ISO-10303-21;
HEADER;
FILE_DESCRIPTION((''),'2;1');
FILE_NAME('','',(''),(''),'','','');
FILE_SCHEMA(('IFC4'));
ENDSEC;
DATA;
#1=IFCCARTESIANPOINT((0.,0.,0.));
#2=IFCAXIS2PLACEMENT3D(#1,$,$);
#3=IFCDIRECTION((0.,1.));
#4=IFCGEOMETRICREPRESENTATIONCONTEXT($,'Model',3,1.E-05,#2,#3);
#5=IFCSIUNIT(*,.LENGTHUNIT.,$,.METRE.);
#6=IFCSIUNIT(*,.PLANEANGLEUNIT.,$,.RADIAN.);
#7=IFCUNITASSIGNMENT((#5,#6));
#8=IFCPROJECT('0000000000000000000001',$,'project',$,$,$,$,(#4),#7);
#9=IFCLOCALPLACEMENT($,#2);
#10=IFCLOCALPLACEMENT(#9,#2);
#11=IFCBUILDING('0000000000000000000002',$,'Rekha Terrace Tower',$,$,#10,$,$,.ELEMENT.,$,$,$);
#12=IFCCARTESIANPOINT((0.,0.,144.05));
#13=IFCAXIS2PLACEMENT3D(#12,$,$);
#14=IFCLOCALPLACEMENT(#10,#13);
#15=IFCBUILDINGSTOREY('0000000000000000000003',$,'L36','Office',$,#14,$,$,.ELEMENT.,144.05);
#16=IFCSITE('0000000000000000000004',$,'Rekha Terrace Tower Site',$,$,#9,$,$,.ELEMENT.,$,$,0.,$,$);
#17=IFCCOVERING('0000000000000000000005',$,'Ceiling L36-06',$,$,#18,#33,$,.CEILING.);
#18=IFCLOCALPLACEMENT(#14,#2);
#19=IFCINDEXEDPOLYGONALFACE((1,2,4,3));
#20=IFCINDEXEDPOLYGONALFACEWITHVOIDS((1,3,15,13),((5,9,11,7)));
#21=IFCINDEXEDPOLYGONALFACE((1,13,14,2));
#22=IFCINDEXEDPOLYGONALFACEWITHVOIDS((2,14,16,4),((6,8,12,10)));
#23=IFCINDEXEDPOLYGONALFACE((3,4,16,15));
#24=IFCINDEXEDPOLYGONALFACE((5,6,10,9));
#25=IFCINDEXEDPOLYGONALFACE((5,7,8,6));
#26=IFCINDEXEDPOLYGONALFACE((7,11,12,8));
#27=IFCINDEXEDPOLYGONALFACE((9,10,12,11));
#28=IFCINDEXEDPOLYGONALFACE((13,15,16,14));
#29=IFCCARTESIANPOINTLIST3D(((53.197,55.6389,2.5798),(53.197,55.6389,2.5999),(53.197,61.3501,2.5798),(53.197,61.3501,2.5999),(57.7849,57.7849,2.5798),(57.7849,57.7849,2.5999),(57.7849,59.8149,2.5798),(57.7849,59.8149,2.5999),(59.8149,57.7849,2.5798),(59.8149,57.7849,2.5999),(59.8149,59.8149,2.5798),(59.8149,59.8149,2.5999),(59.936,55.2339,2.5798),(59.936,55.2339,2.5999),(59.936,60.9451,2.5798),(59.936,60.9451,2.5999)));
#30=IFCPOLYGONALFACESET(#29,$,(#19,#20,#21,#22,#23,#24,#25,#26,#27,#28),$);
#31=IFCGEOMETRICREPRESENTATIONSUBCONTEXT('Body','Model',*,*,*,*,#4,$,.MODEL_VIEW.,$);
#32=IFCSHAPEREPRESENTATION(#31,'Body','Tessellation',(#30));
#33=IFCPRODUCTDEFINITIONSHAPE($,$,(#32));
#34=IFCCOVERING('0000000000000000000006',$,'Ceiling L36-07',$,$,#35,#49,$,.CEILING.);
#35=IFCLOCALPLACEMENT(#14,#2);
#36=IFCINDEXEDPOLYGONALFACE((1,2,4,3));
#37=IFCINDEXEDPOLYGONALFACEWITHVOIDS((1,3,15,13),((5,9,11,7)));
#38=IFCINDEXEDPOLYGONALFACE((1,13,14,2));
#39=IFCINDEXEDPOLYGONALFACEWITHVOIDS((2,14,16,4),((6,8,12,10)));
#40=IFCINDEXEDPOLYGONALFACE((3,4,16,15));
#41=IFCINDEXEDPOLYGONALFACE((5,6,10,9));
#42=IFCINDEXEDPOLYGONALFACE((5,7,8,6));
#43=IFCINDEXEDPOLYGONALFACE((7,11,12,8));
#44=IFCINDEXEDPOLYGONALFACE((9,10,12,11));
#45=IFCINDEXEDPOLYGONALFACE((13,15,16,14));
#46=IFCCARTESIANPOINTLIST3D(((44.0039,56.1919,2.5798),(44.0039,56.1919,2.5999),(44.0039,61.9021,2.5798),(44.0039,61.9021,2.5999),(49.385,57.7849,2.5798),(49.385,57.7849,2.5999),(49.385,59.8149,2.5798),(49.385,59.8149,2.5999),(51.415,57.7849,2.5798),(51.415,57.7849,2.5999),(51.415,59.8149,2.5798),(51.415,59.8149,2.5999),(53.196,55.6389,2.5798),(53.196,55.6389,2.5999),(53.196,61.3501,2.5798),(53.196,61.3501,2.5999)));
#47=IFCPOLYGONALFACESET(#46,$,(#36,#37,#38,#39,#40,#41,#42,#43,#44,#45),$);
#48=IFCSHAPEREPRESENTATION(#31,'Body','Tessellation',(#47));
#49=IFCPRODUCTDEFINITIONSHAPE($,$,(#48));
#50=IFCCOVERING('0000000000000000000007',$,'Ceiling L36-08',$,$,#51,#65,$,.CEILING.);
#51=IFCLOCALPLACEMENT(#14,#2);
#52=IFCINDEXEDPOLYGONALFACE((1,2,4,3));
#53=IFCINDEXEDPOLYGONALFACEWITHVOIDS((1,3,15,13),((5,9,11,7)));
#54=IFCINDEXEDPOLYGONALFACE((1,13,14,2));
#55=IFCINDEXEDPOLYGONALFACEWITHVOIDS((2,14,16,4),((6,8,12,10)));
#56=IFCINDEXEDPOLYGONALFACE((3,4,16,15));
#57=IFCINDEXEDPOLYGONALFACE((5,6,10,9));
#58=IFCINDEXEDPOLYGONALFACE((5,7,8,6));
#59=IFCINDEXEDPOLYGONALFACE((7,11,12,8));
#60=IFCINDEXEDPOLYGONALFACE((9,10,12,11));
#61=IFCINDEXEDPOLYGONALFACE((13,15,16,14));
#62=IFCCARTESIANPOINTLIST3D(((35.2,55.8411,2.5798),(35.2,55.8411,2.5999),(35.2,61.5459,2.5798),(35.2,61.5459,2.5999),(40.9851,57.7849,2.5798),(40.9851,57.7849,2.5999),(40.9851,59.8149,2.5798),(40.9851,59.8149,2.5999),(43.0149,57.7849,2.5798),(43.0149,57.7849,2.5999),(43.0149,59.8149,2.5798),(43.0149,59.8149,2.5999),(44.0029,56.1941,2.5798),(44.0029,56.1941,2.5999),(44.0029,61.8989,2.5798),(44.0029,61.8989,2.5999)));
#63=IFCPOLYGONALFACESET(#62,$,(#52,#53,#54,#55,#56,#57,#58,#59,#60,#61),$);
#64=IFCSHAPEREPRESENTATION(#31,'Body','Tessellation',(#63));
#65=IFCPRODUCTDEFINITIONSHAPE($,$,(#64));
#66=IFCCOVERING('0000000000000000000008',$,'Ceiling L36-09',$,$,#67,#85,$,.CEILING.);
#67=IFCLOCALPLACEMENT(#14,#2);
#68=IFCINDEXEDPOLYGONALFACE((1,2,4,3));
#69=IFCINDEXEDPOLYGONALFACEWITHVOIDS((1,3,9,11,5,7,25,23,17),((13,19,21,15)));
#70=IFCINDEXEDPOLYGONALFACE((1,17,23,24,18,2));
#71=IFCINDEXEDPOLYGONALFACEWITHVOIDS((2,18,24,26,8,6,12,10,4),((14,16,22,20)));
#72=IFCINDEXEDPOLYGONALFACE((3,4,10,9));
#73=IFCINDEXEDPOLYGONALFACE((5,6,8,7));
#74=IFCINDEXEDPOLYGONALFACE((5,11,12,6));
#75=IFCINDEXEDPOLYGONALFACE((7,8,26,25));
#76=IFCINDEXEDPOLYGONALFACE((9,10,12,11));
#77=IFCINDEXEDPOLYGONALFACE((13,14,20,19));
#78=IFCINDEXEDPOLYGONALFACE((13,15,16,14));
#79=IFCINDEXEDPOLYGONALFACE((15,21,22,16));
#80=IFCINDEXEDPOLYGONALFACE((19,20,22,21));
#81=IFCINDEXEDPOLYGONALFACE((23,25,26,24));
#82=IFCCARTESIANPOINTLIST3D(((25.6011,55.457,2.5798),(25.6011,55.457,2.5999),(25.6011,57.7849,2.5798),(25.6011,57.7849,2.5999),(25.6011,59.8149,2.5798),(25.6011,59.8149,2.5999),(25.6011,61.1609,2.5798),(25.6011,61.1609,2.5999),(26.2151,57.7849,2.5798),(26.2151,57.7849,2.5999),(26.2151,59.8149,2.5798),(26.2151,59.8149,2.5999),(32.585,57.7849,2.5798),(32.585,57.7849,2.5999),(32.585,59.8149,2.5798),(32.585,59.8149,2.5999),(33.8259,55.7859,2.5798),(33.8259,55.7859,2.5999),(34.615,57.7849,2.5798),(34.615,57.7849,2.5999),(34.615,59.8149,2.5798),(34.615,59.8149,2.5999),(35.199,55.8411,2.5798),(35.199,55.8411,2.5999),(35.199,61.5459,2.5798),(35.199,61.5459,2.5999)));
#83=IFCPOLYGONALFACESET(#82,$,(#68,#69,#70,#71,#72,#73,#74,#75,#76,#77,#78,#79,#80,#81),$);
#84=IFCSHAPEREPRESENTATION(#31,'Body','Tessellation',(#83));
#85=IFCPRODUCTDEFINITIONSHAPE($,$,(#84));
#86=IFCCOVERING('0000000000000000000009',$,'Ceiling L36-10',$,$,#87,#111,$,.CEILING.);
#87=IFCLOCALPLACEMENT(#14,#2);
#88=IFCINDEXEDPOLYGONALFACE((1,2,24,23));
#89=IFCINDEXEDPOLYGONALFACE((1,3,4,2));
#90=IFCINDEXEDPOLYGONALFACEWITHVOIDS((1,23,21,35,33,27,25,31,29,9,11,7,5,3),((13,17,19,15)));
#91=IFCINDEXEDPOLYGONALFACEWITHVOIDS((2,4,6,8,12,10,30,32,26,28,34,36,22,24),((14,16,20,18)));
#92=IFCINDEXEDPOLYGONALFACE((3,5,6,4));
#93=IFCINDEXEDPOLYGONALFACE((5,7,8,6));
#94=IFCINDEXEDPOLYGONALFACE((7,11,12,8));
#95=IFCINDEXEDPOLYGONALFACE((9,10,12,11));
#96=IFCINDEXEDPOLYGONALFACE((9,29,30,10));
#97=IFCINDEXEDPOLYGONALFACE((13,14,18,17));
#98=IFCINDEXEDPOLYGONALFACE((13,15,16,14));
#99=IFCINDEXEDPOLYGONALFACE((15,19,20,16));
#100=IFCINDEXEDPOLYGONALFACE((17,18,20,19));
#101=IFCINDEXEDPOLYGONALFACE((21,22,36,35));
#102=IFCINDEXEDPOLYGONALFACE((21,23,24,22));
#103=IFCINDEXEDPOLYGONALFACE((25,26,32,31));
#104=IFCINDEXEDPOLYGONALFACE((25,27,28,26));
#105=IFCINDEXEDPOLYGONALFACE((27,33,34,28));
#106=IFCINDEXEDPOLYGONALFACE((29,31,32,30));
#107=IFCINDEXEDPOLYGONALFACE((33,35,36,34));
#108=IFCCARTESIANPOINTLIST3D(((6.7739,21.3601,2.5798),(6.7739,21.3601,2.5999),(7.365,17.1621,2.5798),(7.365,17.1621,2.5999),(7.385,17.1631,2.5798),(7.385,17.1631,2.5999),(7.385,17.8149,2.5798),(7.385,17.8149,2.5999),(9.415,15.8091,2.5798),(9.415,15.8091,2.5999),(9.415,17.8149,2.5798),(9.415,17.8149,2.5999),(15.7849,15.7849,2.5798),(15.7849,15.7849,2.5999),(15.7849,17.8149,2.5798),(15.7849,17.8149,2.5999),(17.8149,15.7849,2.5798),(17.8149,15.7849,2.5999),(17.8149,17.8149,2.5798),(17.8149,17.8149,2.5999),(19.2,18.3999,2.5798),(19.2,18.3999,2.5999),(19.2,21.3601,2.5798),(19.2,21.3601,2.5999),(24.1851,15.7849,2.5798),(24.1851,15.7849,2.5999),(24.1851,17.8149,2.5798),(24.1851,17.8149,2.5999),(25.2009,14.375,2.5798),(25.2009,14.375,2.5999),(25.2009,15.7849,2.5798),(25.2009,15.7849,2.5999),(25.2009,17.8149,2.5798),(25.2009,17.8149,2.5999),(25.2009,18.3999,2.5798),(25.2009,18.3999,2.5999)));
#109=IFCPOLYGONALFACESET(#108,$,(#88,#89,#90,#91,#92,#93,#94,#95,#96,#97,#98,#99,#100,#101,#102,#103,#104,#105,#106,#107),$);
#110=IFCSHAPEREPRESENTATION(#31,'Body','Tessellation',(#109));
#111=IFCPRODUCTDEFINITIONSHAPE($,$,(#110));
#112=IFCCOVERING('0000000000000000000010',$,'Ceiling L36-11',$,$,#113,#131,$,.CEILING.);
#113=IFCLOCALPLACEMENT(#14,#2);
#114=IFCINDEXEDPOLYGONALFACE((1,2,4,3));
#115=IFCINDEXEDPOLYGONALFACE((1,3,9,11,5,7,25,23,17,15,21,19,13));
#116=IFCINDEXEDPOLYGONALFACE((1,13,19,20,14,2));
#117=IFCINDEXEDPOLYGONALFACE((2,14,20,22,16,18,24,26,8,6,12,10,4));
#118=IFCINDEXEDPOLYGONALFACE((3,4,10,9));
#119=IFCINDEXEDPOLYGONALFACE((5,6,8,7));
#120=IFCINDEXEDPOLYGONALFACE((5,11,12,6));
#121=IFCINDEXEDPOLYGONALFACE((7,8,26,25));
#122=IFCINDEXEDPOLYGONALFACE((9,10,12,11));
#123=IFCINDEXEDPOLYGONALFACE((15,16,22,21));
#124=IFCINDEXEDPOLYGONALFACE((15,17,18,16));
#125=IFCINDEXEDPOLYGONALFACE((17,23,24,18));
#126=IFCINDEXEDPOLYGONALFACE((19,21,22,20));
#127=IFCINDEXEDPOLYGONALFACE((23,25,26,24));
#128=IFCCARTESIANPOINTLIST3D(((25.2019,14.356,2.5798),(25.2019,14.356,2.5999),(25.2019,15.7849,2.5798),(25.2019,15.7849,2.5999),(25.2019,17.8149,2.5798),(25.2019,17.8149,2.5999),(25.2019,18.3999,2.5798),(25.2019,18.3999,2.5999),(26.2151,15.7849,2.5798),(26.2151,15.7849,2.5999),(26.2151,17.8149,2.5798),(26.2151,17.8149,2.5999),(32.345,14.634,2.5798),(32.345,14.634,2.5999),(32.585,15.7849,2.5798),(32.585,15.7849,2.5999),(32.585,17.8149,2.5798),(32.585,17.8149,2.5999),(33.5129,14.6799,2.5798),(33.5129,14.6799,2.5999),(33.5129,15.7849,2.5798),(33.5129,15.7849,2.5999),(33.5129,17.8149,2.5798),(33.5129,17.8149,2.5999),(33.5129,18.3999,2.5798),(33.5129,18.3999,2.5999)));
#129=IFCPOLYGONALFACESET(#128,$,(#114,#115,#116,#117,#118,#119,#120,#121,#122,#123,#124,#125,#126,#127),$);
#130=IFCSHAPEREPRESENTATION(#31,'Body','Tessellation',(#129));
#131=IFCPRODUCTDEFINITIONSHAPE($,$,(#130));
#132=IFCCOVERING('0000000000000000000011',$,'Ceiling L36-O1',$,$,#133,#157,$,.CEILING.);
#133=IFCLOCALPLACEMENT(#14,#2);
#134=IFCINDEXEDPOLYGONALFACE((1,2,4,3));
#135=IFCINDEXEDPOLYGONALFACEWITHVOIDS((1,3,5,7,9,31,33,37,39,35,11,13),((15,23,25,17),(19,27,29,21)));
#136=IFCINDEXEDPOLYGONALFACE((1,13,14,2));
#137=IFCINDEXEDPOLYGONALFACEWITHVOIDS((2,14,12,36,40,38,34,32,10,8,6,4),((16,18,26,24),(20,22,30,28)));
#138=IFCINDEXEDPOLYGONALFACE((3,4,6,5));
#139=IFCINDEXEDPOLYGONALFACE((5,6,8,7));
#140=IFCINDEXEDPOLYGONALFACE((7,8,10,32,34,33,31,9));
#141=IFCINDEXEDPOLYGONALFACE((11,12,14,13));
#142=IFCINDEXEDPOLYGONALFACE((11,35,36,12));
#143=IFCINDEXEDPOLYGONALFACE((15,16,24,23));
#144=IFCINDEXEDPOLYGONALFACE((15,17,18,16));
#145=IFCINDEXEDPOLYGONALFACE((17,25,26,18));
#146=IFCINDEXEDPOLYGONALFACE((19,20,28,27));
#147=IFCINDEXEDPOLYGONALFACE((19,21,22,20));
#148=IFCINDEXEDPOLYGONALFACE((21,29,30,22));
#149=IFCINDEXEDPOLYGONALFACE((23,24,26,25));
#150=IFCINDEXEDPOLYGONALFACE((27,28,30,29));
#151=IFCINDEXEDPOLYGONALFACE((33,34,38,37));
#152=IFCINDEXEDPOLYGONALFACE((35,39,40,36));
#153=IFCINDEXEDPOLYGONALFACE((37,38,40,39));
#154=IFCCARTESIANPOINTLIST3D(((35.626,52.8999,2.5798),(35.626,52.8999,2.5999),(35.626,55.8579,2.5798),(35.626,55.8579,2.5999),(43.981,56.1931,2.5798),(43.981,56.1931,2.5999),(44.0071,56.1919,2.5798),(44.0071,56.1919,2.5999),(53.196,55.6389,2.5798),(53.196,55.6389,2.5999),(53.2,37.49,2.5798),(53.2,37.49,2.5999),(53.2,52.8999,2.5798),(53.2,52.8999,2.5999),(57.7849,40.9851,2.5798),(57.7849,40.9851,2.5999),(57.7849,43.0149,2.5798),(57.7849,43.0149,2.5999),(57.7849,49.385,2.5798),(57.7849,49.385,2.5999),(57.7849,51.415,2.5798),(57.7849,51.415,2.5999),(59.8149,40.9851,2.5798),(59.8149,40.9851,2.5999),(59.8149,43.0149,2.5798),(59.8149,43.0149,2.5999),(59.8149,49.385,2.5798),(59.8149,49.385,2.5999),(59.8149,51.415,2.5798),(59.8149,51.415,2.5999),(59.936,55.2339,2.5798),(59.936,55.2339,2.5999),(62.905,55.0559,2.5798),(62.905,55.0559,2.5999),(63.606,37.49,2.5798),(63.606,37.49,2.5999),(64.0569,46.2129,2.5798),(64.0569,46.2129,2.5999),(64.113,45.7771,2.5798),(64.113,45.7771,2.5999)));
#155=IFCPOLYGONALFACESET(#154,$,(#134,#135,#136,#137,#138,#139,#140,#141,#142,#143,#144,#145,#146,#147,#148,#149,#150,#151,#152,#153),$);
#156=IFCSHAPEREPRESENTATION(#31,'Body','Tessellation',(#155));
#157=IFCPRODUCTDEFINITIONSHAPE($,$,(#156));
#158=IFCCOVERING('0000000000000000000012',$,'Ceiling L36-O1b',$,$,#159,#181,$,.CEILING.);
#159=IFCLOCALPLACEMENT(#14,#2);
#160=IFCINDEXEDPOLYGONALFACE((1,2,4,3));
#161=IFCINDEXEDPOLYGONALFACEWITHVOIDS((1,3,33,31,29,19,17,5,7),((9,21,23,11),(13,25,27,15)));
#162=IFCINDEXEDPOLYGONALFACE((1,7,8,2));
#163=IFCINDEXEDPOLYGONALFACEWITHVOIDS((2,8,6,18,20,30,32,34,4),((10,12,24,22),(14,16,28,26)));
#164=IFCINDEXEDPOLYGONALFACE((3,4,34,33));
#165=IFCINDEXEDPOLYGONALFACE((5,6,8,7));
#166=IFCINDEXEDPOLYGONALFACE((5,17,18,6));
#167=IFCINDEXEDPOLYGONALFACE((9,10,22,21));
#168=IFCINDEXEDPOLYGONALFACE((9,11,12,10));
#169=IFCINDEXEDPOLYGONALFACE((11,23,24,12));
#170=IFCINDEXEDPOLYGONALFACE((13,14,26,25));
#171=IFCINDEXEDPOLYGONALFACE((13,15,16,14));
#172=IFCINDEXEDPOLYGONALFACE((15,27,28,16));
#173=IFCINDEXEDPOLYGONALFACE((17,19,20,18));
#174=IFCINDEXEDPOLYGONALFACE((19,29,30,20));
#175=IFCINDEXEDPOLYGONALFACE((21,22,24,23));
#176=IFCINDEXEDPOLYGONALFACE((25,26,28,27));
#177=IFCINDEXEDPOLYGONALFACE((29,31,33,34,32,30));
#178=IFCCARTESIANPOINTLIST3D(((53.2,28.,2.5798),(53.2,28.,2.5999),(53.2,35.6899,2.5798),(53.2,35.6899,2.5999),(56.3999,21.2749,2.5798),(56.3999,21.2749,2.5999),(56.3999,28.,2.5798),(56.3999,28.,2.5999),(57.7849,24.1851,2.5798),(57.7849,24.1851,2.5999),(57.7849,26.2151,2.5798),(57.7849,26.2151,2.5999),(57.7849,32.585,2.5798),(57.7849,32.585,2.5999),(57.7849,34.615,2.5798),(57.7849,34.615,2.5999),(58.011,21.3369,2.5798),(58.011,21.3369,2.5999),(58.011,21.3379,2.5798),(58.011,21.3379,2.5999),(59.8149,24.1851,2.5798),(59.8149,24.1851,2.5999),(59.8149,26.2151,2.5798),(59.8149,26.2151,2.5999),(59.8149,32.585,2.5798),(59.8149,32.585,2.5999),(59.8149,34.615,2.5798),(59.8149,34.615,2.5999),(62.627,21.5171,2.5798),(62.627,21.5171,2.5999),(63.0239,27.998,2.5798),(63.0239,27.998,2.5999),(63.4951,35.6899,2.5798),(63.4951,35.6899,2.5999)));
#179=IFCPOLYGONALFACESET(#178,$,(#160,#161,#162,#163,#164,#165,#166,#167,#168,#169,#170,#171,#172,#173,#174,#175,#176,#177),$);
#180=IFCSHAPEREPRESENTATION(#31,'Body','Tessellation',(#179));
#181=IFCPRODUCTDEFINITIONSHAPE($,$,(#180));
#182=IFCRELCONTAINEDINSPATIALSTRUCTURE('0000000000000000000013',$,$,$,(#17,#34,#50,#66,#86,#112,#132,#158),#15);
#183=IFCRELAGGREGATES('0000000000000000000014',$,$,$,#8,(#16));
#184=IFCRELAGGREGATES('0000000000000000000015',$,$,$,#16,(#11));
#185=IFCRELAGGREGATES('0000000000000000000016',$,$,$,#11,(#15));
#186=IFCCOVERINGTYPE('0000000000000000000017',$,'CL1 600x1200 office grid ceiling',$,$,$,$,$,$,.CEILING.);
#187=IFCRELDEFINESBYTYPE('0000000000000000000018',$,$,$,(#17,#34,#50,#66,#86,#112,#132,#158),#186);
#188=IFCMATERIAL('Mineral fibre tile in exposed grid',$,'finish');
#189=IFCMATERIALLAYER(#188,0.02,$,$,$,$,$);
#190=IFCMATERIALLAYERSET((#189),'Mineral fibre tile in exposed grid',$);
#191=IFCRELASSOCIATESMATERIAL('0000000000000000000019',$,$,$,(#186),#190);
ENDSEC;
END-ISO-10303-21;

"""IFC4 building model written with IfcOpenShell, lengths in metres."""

from ifc_helpers import new_model, si_unit, direction, frame, origin, place, context, subcontext, project, spatial, polyline, outline, extrude, material, layer, layer_set, type_object, element, save


model = new_model("IFC4")

# Units and contexts
model_context = context("Model", 3, precision=1e-05, world=origin(), true_north=direction((0.0, 1.0)))
body_context = subcontext(model_context, "Body", "Model", "MODEL_VIEW")
ifc_project = project(units=[si_unit("LENGTHUNIT", "METRE"), si_unit("PLANEANGLEUNIT", "RADIAN")], contexts=[model_context])

# Site, building, storey
site_placement = place(None, origin())
site = spatial("IfcSite", under=ifc_project, at=site_placement, Name="Rekha Terrace Tower Site", CompositionType="ELEMENT", RefElevation=0.0)
building_placement = place(site_placement, origin())
building = spatial("IfcBuilding", under=site, at=building_placement, Name="Rekha Terrace Tower", CompositionType="ELEMENT")
storey_placement = place(building_placement, frame((0.0, 0.0, 144.05)))
storey = spatial("IfcBuildingStorey", under=building, at=storey_placement, Name="L36", Description="Office", CompositionType="ELEMENT", Elevation=144.05)

# Coverings
ifc_material_1 = material(Name="Mineral fibre tile in exposed grid", Category="finish")
ifc_layer_1 = layer(ifc_material_1, 0.02)
ifc_layer_set_1 = layer_set([ifc_layer_1], Name="Mineral fibre tile in exposed grid")
covering_type_1 = type_object("IfcCoveringType", Name="CL1 600x1200 office grid ceiling", PredefinedType="CEILING", material=ifc_layer_set_1)
covering_1_placement = place(storey_placement, frame((0.0, 0.0, 2.5798)))
element("IfcCovering", 1, at=covering_1_placement, inside=storey, type_object=covering_type_1, Name="Ceiling L36-06", PredefinedType="CEILING", context=body_context, shape_type="SweptSolid", body=[
    extrude(outline(polyline([(59.936, 55.2339), (59.936, 60.9451), (53.197, 61.3501), (53.197, 55.6389), (59.936, 55.2339)]), holes=[polyline([(59.8149, 57.7849), (57.7849, 57.7849), (57.7849, 59.8149), (59.8149, 59.8149), (59.8149, 57.7849)])]), origin(), (0.0, 0.0, 1.0), 0.02),
])
covering_2_placement = place(storey_placement, frame((0.0, 0.0, 2.5798)))
element("IfcCovering", 2, at=covering_2_placement, inside=storey, type_object=covering_type_1, Name="Ceiling L36-07", PredefinedType="CEILING", context=body_context, shape_type="SweptSolid", body=[
    extrude(outline(polyline([(53.196, 55.6389), (53.196, 61.3501), (44.0039, 61.9021), (44.0039, 56.1919), (53.196, 55.6389)]), holes=[polyline([(51.415, 57.7849), (49.385, 57.7849), (49.385, 59.8149), (51.415, 59.8149), (51.415, 57.7849)])]), origin(), (0.0, 0.0, 1.0), 0.02),
])
covering_3_placement = place(storey_placement, frame((0.0, 0.0, 2.5798)))
element("IfcCovering", 3, at=covering_3_placement, inside=storey, type_object=covering_type_1, Name="Ceiling L36-08", PredefinedType="CEILING", context=body_context, shape_type="SweptSolid", body=[
    extrude(outline(polyline([(44.0029, 61.8989), (35.2, 61.5459), (35.2, 55.8411), (44.0029, 56.1941), (44.0029, 61.8989)]), holes=[polyline([(43.0149, 57.7849), (40.9851, 57.7849), (40.9851, 59.8149), (43.0149, 59.8149), (43.0149, 57.7849)])]), origin(), (0.0, 0.0, 1.0), 0.02),
])
covering_4_placement = place(storey_placement, frame((0.0, 0.0, 2.5798)))
element("IfcCovering", 4, at=covering_4_placement, inside=storey, type_object=covering_type_1, Name="Ceiling L36-09", PredefinedType="CEILING", context=body_context, shape_type="SweptSolid", body=[
    extrude(outline(polyline([(25.6011, 57.7849), (25.6011, 55.457), (33.8259, 55.7859), (35.199, 55.8411), (35.199, 61.5459), (25.6011, 61.1609), (25.6011, 59.8149), (26.2151, 59.8149), (26.2151, 57.7849), (25.6011, 57.7849)]), holes=[polyline([(34.615, 57.7849), (32.585, 57.7849), (32.585, 59.8149), (34.615, 59.8149), (34.615, 57.7849)])]), origin(), (0.0, 0.0, 1.0), 0.02),
])
covering_5_placement = place(storey_placement, frame((0.0, 0.0, 2.5798)))
element("IfcCovering", 5, at=covering_5_placement, inside=storey, type_object=covering_type_1, Name="Ceiling L36-10", PredefinedType="CEILING", context=body_context, shape_type="SweptSolid", body=[
    extrude(outline(polyline([(19.2, 18.3999), (19.2, 21.3601), (6.7739, 21.3601), (7.365, 17.1621), (7.385, 17.1631), (7.385, 17.8149), (9.415, 17.8149), (9.415, 15.8091), (25.2009, 14.375), (25.2009, 15.7849), (24.1851, 15.7849), (24.1851, 17.8149), (25.2009, 17.8149), (25.2009, 18.3999), (19.2, 18.3999)]), holes=[polyline([(17.8149, 15.7849), (15.7849, 15.7849), (15.7849, 17.8149), (17.8149, 17.8149), (17.8149, 15.7849)])]), origin(), (0.0, 0.0, 1.0), 0.02),
])
covering_6_placement = place(storey_placement, frame((0.0, 0.0, 2.5798)))
element("IfcCovering", 6, at=covering_6_placement, inside=storey, type_object=covering_type_1, Name="Ceiling L36-11", PredefinedType="CEILING", context=body_context, shape_type="SweptSolid", body=[
    extrude(outline(polyline([(32.585, 17.8149), (33.5129, 17.8149), (33.5129, 18.3999), (25.2019, 18.3999), (25.2019, 17.8149), (26.2151, 17.8149), (26.2151, 15.7849), (25.2019, 15.7849), (25.2019, 14.356), (32.345, 14.634), (33.5129, 14.6799), (33.5129, 15.7849), (32.585, 15.7849), (32.585, 17.8149)])), origin(), (0.0, 0.0, 1.0), 0.02),
])
covering_7_placement = place(storey_placement, frame((0.0, 0.0, 2.5798)))
element("IfcCovering", 7, at=covering_7_placement, inside=storey, type_object=covering_type_1, Name="Ceiling L36-O1", PredefinedType="CEILING", context=body_context, shape_type="SweptSolid", body=[
    extrude(outline(polyline([(53.196, 55.6389), (44.0071, 56.1919), (43.981, 56.1931), (35.626, 55.8579), (35.626, 52.8999), (53.2, 52.8999), (53.2, 37.49), (63.606, 37.49), (64.113, 45.7771), (64.0569, 46.2129), (62.905, 55.0559), (59.936, 55.2339), (53.196, 55.6389)]), holes=[polyline([(59.8149, 40.9851), (57.7849, 40.9851), (57.7849, 43.0149), (59.8149, 43.0149), (59.8149, 40.9851)]), polyline([(59.8149, 49.385), (57.7849, 49.385), (57.7849, 51.415), (59.8149, 51.415), (59.8149, 49.385)])]), origin(), (0.0, 0.0, 1.0), 0.02),
])
covering_8_placement = place(storey_placement, frame((0.0, 0.0, 2.5798)))
element("IfcCovering", 8, at=covering_8_placement, inside=storey, type_object=covering_type_1, Name="Ceiling L36-O1b", PredefinedType="CEILING", context=body_context, shape_type="SweptSolid", body=[
    extrude(outline(polyline([(56.3999, 21.2749), (58.011, 21.3369), (58.011, 21.3379), (62.627, 21.5171), (63.0239, 27.998), (63.4951, 35.6899), (53.2, 35.6899), (53.2, 28.0), (56.3999, 28.0), (56.3999, 21.2749)]), holes=[polyline([(59.8149, 26.2151), (59.8149, 24.1851), (57.7849, 24.1851), (57.7849, 26.2151), (59.8149, 26.2151)]), polyline([(59.8149, 32.585), (57.7849, 32.585), (57.7849, 34.615), (59.8149, 34.615), (59.8149, 32.585)])]), origin(), (0.0, 0.0, 1.0), 0.02),
])

save(model, "model.ifc")
